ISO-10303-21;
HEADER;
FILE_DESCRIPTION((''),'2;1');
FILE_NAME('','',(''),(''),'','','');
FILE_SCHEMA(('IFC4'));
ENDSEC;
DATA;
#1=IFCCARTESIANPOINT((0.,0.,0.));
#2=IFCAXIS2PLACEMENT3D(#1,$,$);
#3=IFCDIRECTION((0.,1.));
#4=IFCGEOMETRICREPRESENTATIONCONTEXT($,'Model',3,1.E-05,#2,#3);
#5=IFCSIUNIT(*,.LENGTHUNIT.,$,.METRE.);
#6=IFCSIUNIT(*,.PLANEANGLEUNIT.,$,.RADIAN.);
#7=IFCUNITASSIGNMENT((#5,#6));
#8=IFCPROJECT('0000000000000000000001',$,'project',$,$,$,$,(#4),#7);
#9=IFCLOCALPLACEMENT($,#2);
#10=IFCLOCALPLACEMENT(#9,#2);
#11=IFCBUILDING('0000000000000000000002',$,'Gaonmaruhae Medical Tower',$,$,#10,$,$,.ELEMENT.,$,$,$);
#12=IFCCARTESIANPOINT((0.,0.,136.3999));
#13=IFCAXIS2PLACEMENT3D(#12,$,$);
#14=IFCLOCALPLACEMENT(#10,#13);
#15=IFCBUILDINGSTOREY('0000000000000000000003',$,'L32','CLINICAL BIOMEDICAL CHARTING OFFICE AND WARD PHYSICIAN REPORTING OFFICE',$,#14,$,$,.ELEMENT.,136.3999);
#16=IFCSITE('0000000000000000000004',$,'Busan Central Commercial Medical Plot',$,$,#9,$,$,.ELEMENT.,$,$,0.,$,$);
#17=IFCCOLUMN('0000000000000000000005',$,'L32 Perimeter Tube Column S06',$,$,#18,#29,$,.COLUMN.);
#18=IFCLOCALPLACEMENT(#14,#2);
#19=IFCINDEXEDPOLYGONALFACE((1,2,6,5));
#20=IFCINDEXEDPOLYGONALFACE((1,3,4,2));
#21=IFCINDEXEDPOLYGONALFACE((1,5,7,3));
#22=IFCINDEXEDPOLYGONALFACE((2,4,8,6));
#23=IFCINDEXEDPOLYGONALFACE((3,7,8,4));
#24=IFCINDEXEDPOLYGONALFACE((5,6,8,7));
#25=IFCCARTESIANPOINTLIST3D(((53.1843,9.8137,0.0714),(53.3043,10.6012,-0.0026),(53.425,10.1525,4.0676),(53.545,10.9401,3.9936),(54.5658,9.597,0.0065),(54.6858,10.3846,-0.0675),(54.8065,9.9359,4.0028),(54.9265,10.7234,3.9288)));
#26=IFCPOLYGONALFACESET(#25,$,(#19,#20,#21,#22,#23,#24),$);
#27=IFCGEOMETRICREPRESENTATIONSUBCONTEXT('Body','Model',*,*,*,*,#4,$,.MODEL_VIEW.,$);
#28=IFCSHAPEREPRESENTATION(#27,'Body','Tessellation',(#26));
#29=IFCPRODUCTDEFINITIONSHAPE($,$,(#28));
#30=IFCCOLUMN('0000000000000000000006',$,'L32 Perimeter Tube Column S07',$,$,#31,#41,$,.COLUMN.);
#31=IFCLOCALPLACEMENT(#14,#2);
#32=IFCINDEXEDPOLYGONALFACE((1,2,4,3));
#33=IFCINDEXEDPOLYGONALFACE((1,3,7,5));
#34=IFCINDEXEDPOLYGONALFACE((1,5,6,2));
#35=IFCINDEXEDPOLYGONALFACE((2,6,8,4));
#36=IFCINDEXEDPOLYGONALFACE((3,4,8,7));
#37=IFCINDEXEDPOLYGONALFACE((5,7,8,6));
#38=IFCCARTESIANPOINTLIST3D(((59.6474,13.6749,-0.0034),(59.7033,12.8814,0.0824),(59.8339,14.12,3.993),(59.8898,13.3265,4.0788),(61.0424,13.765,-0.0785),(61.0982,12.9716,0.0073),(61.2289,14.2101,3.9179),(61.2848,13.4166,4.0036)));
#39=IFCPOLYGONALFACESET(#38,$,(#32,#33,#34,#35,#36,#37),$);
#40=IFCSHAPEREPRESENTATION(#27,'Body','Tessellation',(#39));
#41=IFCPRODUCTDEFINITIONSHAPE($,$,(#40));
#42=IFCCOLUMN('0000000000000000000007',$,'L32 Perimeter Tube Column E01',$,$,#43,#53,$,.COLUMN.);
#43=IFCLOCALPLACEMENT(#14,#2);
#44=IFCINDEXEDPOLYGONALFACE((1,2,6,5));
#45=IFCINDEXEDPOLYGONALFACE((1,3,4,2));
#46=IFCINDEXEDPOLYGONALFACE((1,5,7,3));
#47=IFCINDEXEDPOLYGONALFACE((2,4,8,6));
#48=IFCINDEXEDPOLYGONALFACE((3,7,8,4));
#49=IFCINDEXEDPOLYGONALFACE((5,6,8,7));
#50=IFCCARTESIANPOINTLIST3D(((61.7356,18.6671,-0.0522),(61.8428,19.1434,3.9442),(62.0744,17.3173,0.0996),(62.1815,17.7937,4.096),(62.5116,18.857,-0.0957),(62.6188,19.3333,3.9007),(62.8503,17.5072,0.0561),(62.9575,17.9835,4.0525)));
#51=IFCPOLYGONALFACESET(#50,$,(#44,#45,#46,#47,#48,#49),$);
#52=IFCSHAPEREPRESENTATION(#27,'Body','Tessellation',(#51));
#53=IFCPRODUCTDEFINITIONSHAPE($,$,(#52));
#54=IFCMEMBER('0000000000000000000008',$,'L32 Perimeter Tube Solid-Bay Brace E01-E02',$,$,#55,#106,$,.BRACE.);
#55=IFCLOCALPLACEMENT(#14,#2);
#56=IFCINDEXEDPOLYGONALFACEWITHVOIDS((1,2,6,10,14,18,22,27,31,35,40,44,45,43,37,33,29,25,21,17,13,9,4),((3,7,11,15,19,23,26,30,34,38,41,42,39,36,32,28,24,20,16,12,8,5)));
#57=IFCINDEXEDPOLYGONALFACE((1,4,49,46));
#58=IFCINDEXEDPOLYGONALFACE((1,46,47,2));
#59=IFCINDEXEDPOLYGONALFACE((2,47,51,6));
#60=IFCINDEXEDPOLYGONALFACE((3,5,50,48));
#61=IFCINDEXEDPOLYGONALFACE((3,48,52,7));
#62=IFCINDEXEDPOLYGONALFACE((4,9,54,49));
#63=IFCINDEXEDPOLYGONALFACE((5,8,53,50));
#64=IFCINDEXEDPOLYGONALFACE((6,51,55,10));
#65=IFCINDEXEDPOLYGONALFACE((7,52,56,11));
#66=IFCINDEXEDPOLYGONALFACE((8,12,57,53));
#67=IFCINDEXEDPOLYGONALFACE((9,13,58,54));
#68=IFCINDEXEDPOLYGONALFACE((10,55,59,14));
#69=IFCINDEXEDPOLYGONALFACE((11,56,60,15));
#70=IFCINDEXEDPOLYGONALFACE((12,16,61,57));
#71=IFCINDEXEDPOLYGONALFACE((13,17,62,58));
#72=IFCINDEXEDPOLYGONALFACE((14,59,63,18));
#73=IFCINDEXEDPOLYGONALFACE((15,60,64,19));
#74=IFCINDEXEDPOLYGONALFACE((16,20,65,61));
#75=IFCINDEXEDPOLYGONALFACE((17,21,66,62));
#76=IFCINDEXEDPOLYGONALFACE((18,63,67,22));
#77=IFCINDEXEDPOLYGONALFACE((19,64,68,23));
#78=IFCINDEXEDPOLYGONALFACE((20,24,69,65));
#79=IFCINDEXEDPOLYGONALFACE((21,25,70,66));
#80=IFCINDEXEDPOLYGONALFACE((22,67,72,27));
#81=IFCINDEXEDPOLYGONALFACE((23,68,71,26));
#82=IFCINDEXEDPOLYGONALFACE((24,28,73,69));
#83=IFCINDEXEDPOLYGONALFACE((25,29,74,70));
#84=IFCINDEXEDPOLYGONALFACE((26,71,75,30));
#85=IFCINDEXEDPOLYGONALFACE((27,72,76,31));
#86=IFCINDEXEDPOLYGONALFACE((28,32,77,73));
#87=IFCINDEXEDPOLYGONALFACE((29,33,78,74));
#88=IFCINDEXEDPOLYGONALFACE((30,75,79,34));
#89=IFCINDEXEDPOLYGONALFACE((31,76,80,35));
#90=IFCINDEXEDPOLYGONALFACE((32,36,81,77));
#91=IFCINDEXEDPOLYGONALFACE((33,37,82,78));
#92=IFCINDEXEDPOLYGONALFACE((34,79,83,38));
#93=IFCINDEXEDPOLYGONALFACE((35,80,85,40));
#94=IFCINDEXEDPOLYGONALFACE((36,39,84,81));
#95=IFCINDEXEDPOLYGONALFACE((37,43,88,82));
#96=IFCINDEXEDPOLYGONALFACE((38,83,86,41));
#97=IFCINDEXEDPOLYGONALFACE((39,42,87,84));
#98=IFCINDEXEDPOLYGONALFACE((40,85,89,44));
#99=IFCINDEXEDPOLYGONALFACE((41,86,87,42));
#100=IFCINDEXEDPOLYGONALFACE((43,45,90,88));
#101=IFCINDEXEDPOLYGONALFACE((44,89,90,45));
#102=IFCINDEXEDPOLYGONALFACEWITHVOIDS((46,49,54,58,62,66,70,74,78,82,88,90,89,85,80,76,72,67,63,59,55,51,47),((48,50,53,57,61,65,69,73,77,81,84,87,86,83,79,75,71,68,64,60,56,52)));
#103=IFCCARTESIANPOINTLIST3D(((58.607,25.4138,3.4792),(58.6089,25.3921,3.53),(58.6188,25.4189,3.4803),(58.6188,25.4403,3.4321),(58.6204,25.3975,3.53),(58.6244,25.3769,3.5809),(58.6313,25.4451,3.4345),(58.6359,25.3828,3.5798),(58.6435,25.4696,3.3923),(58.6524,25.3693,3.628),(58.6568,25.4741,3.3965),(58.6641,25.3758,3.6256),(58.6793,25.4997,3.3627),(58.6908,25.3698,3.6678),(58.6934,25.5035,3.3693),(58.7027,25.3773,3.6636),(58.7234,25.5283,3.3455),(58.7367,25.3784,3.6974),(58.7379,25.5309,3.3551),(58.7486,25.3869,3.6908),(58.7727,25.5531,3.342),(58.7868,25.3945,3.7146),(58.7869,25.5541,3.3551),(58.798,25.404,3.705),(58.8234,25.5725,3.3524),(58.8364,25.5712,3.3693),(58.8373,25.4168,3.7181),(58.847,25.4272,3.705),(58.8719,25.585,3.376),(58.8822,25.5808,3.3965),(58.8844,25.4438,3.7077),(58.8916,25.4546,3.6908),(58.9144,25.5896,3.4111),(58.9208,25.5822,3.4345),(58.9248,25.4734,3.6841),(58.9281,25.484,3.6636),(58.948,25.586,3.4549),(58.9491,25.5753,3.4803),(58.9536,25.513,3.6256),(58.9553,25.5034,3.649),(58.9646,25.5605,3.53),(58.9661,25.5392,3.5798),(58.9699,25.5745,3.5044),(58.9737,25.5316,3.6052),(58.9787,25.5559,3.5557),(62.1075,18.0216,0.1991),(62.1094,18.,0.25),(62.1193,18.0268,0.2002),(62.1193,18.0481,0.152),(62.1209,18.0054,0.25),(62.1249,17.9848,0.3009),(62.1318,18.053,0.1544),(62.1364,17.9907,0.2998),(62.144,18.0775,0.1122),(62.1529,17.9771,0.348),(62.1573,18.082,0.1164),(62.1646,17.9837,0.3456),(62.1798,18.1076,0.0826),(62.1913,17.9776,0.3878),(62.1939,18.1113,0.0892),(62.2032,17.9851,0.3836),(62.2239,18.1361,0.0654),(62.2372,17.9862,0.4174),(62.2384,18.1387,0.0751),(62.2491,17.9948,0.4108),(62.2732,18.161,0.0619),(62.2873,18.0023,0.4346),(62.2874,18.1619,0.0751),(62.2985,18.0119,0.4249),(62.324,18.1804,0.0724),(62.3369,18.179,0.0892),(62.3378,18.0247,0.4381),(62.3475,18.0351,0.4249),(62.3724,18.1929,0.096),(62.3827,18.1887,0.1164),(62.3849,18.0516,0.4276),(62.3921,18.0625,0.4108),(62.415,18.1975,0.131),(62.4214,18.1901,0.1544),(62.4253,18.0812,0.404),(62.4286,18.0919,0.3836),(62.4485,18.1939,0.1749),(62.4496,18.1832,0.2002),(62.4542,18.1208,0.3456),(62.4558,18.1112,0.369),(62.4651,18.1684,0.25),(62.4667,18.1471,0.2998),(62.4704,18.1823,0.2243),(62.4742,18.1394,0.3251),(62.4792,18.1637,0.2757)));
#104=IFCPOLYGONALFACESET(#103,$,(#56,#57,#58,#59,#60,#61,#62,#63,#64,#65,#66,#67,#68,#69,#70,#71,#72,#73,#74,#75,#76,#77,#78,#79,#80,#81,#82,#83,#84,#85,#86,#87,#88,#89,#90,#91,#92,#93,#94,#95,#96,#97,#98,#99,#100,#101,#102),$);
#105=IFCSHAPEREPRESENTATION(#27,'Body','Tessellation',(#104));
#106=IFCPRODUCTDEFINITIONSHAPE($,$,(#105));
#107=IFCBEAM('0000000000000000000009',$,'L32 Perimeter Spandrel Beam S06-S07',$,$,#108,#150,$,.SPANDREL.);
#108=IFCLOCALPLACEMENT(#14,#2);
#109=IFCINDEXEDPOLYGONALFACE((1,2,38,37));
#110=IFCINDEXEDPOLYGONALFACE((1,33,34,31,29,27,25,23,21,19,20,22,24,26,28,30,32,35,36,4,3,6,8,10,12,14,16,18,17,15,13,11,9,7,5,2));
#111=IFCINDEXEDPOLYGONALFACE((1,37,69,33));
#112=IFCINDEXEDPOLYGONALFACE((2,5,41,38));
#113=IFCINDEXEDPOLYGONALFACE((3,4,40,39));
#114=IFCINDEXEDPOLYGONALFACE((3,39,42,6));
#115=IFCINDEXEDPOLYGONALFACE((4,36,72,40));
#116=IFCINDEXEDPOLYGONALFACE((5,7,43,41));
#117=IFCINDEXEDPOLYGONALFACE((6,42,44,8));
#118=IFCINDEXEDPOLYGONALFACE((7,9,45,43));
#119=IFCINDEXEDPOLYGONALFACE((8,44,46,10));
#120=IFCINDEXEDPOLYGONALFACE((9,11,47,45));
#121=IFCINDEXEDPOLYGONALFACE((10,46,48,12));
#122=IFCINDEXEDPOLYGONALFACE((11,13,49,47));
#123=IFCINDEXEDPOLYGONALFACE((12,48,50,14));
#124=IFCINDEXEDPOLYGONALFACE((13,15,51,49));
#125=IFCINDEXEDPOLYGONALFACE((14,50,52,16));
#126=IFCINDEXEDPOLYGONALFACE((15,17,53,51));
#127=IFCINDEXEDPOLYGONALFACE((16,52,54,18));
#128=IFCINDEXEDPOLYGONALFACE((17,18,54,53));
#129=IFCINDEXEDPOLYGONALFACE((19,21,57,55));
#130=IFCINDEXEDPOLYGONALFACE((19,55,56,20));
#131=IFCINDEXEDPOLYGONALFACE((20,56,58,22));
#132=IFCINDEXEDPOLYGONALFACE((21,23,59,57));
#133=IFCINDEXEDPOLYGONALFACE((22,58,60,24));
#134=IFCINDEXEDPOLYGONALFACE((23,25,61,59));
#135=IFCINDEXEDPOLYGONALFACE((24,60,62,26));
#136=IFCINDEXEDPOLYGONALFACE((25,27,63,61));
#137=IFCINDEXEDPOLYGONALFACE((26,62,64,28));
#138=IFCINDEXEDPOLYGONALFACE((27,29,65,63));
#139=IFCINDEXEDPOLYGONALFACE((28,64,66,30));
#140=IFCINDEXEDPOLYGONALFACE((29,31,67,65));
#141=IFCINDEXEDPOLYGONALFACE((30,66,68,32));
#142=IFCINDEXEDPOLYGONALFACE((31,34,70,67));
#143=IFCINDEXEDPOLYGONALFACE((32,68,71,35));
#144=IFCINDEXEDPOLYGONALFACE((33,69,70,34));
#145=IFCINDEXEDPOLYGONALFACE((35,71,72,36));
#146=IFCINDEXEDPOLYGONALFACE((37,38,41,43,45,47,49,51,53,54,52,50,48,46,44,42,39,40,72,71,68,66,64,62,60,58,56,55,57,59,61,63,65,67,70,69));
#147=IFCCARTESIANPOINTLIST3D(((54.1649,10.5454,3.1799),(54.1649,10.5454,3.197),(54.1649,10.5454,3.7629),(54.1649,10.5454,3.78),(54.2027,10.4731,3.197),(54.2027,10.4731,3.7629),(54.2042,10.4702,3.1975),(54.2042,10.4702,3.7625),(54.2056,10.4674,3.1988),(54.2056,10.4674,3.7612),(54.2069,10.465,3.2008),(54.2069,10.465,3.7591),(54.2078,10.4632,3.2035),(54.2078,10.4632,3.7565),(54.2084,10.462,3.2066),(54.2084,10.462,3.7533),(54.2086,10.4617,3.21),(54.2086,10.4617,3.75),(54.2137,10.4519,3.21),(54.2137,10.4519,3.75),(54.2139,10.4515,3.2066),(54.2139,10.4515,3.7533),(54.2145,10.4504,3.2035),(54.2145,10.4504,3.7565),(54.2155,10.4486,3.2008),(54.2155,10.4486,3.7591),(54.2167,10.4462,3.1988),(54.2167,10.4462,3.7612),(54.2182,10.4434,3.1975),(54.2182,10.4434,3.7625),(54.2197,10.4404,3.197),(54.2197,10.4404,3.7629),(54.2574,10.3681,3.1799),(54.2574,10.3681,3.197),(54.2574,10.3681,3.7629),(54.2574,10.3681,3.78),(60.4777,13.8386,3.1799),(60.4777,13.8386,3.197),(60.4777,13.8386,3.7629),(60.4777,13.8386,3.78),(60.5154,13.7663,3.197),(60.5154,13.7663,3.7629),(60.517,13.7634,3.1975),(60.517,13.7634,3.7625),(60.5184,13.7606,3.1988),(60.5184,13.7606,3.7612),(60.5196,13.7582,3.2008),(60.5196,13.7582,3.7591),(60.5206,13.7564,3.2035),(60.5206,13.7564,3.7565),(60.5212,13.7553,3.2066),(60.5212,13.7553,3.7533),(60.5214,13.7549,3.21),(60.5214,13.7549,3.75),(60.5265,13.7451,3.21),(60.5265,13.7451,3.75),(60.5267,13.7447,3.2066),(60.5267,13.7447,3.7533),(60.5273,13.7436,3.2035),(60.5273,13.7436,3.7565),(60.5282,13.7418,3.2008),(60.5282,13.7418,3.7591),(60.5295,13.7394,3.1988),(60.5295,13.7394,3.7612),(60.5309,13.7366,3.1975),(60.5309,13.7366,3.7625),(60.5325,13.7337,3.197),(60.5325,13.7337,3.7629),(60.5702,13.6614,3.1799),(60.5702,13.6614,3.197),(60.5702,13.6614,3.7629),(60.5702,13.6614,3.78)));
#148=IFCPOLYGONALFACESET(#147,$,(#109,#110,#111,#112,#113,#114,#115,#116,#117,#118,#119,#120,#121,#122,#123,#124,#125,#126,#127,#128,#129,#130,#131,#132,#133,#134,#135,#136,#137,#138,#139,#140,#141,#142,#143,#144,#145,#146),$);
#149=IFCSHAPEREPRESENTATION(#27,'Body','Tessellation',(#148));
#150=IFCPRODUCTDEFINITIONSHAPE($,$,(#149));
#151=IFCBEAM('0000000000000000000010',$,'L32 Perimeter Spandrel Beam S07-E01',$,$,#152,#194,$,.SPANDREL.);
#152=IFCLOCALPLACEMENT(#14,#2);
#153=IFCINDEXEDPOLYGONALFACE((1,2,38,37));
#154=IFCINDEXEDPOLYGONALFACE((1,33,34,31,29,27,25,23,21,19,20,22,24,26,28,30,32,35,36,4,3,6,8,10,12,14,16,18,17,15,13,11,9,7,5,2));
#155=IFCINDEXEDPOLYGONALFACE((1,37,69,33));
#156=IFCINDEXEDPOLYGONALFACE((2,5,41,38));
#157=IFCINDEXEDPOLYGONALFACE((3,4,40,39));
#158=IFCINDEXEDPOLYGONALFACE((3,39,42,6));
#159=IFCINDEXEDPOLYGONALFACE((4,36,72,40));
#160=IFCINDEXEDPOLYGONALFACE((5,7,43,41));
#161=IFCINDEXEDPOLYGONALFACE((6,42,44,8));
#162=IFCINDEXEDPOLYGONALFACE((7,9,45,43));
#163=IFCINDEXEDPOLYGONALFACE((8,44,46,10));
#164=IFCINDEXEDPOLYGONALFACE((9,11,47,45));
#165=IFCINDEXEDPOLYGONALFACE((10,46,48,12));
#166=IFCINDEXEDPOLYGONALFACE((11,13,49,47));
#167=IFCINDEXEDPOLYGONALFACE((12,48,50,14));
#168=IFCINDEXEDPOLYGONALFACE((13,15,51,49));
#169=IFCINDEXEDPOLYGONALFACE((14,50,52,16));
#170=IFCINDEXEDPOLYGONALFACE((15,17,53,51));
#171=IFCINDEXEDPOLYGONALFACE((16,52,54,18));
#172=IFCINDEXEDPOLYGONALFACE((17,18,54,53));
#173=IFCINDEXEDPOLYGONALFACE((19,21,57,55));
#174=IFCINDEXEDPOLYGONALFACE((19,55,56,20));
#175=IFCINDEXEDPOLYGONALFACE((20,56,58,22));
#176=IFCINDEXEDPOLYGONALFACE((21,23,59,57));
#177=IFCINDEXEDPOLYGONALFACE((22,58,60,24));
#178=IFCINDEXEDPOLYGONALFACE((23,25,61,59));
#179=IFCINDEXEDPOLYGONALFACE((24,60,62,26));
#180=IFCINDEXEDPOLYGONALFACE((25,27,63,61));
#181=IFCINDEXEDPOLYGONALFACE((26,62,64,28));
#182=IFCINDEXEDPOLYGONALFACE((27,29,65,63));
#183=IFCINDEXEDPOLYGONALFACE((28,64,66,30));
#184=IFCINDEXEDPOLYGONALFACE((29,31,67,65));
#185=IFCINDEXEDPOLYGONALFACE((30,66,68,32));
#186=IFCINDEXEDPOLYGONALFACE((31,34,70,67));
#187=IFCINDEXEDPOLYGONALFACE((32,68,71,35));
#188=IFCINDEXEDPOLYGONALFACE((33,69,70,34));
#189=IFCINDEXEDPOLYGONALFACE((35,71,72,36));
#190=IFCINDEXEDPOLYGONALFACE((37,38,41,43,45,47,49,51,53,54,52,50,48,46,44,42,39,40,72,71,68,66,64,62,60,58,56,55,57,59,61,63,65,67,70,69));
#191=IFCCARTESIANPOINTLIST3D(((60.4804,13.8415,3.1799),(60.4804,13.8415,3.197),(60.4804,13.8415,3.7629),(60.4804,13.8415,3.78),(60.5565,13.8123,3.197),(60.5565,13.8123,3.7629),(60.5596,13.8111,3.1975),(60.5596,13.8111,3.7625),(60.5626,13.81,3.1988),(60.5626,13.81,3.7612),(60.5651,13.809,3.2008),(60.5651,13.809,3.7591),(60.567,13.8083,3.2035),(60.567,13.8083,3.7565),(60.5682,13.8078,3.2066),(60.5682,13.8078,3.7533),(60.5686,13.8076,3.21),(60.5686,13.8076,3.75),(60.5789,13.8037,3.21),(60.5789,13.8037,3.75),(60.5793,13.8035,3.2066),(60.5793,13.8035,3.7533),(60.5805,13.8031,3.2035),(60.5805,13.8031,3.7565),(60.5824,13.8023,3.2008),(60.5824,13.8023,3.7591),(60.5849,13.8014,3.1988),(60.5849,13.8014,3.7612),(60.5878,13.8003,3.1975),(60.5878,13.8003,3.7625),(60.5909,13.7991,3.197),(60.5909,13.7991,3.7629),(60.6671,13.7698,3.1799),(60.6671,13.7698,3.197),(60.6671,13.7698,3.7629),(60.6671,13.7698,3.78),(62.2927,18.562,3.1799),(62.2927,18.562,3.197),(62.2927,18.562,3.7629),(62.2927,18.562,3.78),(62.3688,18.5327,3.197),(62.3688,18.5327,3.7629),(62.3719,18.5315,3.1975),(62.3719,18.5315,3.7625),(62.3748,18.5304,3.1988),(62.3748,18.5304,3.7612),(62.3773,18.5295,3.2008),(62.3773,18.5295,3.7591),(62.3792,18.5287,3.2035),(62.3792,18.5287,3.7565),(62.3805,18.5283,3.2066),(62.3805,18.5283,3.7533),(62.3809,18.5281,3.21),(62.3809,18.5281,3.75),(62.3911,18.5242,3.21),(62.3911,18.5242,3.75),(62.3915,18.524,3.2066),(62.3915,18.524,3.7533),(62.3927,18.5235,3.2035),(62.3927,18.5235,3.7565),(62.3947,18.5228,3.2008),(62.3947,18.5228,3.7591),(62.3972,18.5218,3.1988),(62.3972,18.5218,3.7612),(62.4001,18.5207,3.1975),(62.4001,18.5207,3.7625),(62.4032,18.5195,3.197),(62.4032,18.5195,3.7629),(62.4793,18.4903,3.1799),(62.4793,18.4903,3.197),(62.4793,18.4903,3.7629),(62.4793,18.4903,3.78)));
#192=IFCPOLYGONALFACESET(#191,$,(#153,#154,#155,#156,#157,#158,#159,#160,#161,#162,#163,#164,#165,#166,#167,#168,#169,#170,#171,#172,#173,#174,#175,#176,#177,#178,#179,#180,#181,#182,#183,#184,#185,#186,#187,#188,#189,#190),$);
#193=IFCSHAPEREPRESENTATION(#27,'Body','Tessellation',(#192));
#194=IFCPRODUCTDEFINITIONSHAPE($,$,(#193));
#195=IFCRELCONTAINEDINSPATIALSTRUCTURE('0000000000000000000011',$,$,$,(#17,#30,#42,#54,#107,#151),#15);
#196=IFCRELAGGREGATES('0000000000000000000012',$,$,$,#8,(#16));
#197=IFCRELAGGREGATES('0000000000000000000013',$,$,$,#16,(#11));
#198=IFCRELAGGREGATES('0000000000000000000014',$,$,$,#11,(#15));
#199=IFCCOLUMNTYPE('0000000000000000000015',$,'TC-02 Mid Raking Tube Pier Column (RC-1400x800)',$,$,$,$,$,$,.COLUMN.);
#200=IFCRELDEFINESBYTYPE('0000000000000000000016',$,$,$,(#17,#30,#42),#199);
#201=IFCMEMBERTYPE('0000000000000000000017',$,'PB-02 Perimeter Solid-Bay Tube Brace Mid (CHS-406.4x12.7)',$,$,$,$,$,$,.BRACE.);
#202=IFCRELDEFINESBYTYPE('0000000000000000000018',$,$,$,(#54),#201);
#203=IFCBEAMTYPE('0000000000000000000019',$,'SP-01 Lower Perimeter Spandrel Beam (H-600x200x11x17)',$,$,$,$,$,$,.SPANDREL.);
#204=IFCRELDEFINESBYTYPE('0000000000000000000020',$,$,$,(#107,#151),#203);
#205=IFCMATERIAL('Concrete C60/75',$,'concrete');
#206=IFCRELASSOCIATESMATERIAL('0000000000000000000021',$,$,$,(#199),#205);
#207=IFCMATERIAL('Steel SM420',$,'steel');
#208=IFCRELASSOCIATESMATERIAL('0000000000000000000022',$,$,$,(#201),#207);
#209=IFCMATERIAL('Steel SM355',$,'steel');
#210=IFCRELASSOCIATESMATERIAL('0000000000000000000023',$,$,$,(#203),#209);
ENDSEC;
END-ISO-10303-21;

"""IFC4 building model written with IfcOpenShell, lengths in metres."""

from ifc_helpers import new_model, si_unit, direction, frame, origin, origin_2d, place, context, subcontext, project, spatial, rectangle, hollow_circle, i_section, extrude, material, material_profile, profile_set, type_object, element, save


model = new_model("IFC4")

# Units and contexts
model_context = context("Model", 3, precision=1e-05, world=origin(), true_north=direction((0.0, 1.0)))
body_context = subcontext(model_context, "Body", "Model", "MODEL_VIEW")
ifc_project = project(units=[si_unit("LENGTHUNIT", "METRE"), si_unit("PLANEANGLEUNIT", "RADIAN")], contexts=[model_context])

# Site, building, storey
site_placement = place(None, origin())
site = spatial("IfcSite", under=ifc_project, at=site_placement, Name="Busan Central Commercial Medical Plot", CompositionType="ELEMENT", RefElevation=0.0)
building_placement = place(site_placement, origin())
building = spatial("IfcBuilding", under=site, at=building_placement, Name="Gaonmaruhae Medical Tower", CompositionType="ELEMENT")
storey_placement = place(building_placement, frame((0.0, 0.0, 136.3999)))
storey = spatial("IfcBuildingStorey", under=building, at=storey_placement, Name="L32", Description="CLINICAL BIOMEDICAL CHARTING OFFICE AND WARD PHYSICIAN REPORTING OFFICE", CompositionType="ELEMENT", Elevation=136.3999)

# Columns
ifc_material_1 = material(Name="Concrete C60/75", Category="concrete")
ifc_material_profile_1 = material_profile(ifc_material_1, rectangle(XDim=1.3999, YDim=0.8, at=origin_2d()), Name="RC-1400x800")
ifc_profile_set_1 = profile_set([ifc_material_profile_1], Name="Concrete C60/75")
column_type = type_object("IfcColumnType", Name="TC-02 Mid Raking Tube Pier Column (RC-1400x800)", PredefinedType="COLUMN", material=ifc_profile_set_1)
column_1_placement = place(storey_placement, frame((53.9351, 10.0991, 0.002), z_axis=(0.059913, 0.084339, 0.994634), x_axis=(-0.986866, 0.154755, 0.046322)))
element("IfcColumn", 1, at=column_1_placement, inside=storey, type_object=column_type, Name="L32 Perimeter Tube Column S06", PredefinedType="COLUMN", context=body_context, shape_type="SweptSolid", body=[
    extrude(rectangle(XDim=1.3999, YDim=0.8, at=origin_2d()), origin(), (0.0, 0.0, 1.0), 4.0178),
])
column_2_placement = place(storey_placement, frame((60.3728, 13.3232, 0.002), z_axis=(0.046337, 0.110566, 0.992788), x_axis=(-0.996481, -0.064375, 0.053679)))
element("IfcColumn", 2, at=column_2_placement, inside=storey, type_object=column_type, Name="L32 Perimeter Tube Column S07", PredefinedType="COLUMN", context=body_context, shape_type="SweptSolid", body=[
    extrude(rectangle(XDim=1.3999, YDim=0.8, at=origin_2d()), origin(), (0.0, 0.0, 1.0), 4.0254),
])
column_3_placement = place(storey_placement, frame((62.293, 18.0872, 0.002), z_axis=(0.026621, 0.118309, 0.99262), x_axis=(0.241997, -0.964199, 0.108432)))
element("IfcColumn", 3, at=column_3_placement, inside=storey, type_object=column_type, Name="L32 Perimeter Tube Column E01", PredefinedType="COLUMN", context=body_context, shape_type="SweptSolid", body=[
    extrude(rectangle(XDim=1.3999, YDim=0.8, at=origin_2d()), origin(), (0.0, 0.0, 1.0), 4.0261),
])

# Member
ifc_material_2 = material(Name="Steel SM420", Category="steel")
ifc_material_profile_2 = material_profile(ifc_material_2, hollow_circle(Radius=0.2031, WallThickness=0.0127, at=origin_2d()), Name="CHS-406.4x12.7")
ifc_profile_set_2 = profile_set([ifc_material_profile_2], Name="Steel SM420")
member_type = type_object("IfcMemberType", Name="PB-02 Perimeter Solid-Bay Tube Brace Mid (CHS-406.4x12.7)", PredefinedType="BRACE", material=ifc_profile_set_2)
member_placement = place(storey_placement, frame((62.293, 18.0869, 0.25), z_axis=(-0.397232, 0.838847, 0.372214), x_axis=(-0.903786, -0.427984, 0.0)))
element("IfcMember", 4, at=member_placement, inside=storey, type_object=member_type, Name="L32 Perimeter Tube Solid-Bay Brace E01-E02", PredefinedType="BRACE", context=body_context, shape_type="SweptSolid", body=[
    extrude(hollow_circle(Radius=0.2031, WallThickness=0.0127, at=origin_2d()), origin(), (0.0, 0.0, 1.0), 8.8123),
])

# Beams
ifc_material_3 = material(Name="Steel SM355", Category="steel")
ifc_material_profile_3 = material_profile(ifc_material_3, i_section(OverallWidth=0.2, OverallDepth=0.6001, WebThickness=0.011, FlangeThickness=0.0171, FilletRadius=0.0129, at=origin_2d()), Name="H-600x200x11x17")
ifc_profile_set_3 = profile_set([ifc_material_profile_3], Name="Steel SM355")
beam_type = type_object("IfcBeamType", Name="SP-01 Lower Perimeter Spandrel Beam (H-600x200x11x17)", PredefinedType="SPANDREL", material=ifc_profile_set_3)
beam_1_placement = place(storey_placement, frame((54.2112, 10.4568, 3.48), z_axis=(0.886607, 0.462523, 0.0), x_axis=(-0.462523, 0.886607, 0.0)))
element("IfcBeam", 5, at=beam_1_placement, inside=storey, type_object=beam_type, Name="L32 Perimeter Spandrel Beam S06-S07", PredefinedType="SPANDREL", context=body_context, shape_type="SweptSolid", body=[
    extrude(i_section(OverallWidth=0.2, OverallDepth=0.6001, WebThickness=0.011, FlangeThickness=0.0171, FilletRadius=0.0129, at=origin_2d()), origin(), (0.0, 0.0, 1.0), 7.1201),
])
beam_2_placement = place(storey_placement, frame((60.5737, 13.8057, 3.48), z_axis=(0.35841, 0.933564, 0.0), x_axis=(-0.933564, 0.35841, 0.0)))
element("IfcBeam", 6, at=beam_2_placement, inside=storey, type_object=beam_type, Name="L32 Perimeter Spandrel Beam S07-E01", PredefinedType="SPANDREL", context=body_context, shape_type="SweptSolid", body=[
    extrude(i_section(OverallWidth=0.2, OverallDepth=0.6001, WebThickness=0.011, FlangeThickness=0.0171, FilletRadius=0.0129, at=origin_2d()), origin(), (0.0, 0.0, 1.0), 5.0564),
])

save(model, "model.ifc")
